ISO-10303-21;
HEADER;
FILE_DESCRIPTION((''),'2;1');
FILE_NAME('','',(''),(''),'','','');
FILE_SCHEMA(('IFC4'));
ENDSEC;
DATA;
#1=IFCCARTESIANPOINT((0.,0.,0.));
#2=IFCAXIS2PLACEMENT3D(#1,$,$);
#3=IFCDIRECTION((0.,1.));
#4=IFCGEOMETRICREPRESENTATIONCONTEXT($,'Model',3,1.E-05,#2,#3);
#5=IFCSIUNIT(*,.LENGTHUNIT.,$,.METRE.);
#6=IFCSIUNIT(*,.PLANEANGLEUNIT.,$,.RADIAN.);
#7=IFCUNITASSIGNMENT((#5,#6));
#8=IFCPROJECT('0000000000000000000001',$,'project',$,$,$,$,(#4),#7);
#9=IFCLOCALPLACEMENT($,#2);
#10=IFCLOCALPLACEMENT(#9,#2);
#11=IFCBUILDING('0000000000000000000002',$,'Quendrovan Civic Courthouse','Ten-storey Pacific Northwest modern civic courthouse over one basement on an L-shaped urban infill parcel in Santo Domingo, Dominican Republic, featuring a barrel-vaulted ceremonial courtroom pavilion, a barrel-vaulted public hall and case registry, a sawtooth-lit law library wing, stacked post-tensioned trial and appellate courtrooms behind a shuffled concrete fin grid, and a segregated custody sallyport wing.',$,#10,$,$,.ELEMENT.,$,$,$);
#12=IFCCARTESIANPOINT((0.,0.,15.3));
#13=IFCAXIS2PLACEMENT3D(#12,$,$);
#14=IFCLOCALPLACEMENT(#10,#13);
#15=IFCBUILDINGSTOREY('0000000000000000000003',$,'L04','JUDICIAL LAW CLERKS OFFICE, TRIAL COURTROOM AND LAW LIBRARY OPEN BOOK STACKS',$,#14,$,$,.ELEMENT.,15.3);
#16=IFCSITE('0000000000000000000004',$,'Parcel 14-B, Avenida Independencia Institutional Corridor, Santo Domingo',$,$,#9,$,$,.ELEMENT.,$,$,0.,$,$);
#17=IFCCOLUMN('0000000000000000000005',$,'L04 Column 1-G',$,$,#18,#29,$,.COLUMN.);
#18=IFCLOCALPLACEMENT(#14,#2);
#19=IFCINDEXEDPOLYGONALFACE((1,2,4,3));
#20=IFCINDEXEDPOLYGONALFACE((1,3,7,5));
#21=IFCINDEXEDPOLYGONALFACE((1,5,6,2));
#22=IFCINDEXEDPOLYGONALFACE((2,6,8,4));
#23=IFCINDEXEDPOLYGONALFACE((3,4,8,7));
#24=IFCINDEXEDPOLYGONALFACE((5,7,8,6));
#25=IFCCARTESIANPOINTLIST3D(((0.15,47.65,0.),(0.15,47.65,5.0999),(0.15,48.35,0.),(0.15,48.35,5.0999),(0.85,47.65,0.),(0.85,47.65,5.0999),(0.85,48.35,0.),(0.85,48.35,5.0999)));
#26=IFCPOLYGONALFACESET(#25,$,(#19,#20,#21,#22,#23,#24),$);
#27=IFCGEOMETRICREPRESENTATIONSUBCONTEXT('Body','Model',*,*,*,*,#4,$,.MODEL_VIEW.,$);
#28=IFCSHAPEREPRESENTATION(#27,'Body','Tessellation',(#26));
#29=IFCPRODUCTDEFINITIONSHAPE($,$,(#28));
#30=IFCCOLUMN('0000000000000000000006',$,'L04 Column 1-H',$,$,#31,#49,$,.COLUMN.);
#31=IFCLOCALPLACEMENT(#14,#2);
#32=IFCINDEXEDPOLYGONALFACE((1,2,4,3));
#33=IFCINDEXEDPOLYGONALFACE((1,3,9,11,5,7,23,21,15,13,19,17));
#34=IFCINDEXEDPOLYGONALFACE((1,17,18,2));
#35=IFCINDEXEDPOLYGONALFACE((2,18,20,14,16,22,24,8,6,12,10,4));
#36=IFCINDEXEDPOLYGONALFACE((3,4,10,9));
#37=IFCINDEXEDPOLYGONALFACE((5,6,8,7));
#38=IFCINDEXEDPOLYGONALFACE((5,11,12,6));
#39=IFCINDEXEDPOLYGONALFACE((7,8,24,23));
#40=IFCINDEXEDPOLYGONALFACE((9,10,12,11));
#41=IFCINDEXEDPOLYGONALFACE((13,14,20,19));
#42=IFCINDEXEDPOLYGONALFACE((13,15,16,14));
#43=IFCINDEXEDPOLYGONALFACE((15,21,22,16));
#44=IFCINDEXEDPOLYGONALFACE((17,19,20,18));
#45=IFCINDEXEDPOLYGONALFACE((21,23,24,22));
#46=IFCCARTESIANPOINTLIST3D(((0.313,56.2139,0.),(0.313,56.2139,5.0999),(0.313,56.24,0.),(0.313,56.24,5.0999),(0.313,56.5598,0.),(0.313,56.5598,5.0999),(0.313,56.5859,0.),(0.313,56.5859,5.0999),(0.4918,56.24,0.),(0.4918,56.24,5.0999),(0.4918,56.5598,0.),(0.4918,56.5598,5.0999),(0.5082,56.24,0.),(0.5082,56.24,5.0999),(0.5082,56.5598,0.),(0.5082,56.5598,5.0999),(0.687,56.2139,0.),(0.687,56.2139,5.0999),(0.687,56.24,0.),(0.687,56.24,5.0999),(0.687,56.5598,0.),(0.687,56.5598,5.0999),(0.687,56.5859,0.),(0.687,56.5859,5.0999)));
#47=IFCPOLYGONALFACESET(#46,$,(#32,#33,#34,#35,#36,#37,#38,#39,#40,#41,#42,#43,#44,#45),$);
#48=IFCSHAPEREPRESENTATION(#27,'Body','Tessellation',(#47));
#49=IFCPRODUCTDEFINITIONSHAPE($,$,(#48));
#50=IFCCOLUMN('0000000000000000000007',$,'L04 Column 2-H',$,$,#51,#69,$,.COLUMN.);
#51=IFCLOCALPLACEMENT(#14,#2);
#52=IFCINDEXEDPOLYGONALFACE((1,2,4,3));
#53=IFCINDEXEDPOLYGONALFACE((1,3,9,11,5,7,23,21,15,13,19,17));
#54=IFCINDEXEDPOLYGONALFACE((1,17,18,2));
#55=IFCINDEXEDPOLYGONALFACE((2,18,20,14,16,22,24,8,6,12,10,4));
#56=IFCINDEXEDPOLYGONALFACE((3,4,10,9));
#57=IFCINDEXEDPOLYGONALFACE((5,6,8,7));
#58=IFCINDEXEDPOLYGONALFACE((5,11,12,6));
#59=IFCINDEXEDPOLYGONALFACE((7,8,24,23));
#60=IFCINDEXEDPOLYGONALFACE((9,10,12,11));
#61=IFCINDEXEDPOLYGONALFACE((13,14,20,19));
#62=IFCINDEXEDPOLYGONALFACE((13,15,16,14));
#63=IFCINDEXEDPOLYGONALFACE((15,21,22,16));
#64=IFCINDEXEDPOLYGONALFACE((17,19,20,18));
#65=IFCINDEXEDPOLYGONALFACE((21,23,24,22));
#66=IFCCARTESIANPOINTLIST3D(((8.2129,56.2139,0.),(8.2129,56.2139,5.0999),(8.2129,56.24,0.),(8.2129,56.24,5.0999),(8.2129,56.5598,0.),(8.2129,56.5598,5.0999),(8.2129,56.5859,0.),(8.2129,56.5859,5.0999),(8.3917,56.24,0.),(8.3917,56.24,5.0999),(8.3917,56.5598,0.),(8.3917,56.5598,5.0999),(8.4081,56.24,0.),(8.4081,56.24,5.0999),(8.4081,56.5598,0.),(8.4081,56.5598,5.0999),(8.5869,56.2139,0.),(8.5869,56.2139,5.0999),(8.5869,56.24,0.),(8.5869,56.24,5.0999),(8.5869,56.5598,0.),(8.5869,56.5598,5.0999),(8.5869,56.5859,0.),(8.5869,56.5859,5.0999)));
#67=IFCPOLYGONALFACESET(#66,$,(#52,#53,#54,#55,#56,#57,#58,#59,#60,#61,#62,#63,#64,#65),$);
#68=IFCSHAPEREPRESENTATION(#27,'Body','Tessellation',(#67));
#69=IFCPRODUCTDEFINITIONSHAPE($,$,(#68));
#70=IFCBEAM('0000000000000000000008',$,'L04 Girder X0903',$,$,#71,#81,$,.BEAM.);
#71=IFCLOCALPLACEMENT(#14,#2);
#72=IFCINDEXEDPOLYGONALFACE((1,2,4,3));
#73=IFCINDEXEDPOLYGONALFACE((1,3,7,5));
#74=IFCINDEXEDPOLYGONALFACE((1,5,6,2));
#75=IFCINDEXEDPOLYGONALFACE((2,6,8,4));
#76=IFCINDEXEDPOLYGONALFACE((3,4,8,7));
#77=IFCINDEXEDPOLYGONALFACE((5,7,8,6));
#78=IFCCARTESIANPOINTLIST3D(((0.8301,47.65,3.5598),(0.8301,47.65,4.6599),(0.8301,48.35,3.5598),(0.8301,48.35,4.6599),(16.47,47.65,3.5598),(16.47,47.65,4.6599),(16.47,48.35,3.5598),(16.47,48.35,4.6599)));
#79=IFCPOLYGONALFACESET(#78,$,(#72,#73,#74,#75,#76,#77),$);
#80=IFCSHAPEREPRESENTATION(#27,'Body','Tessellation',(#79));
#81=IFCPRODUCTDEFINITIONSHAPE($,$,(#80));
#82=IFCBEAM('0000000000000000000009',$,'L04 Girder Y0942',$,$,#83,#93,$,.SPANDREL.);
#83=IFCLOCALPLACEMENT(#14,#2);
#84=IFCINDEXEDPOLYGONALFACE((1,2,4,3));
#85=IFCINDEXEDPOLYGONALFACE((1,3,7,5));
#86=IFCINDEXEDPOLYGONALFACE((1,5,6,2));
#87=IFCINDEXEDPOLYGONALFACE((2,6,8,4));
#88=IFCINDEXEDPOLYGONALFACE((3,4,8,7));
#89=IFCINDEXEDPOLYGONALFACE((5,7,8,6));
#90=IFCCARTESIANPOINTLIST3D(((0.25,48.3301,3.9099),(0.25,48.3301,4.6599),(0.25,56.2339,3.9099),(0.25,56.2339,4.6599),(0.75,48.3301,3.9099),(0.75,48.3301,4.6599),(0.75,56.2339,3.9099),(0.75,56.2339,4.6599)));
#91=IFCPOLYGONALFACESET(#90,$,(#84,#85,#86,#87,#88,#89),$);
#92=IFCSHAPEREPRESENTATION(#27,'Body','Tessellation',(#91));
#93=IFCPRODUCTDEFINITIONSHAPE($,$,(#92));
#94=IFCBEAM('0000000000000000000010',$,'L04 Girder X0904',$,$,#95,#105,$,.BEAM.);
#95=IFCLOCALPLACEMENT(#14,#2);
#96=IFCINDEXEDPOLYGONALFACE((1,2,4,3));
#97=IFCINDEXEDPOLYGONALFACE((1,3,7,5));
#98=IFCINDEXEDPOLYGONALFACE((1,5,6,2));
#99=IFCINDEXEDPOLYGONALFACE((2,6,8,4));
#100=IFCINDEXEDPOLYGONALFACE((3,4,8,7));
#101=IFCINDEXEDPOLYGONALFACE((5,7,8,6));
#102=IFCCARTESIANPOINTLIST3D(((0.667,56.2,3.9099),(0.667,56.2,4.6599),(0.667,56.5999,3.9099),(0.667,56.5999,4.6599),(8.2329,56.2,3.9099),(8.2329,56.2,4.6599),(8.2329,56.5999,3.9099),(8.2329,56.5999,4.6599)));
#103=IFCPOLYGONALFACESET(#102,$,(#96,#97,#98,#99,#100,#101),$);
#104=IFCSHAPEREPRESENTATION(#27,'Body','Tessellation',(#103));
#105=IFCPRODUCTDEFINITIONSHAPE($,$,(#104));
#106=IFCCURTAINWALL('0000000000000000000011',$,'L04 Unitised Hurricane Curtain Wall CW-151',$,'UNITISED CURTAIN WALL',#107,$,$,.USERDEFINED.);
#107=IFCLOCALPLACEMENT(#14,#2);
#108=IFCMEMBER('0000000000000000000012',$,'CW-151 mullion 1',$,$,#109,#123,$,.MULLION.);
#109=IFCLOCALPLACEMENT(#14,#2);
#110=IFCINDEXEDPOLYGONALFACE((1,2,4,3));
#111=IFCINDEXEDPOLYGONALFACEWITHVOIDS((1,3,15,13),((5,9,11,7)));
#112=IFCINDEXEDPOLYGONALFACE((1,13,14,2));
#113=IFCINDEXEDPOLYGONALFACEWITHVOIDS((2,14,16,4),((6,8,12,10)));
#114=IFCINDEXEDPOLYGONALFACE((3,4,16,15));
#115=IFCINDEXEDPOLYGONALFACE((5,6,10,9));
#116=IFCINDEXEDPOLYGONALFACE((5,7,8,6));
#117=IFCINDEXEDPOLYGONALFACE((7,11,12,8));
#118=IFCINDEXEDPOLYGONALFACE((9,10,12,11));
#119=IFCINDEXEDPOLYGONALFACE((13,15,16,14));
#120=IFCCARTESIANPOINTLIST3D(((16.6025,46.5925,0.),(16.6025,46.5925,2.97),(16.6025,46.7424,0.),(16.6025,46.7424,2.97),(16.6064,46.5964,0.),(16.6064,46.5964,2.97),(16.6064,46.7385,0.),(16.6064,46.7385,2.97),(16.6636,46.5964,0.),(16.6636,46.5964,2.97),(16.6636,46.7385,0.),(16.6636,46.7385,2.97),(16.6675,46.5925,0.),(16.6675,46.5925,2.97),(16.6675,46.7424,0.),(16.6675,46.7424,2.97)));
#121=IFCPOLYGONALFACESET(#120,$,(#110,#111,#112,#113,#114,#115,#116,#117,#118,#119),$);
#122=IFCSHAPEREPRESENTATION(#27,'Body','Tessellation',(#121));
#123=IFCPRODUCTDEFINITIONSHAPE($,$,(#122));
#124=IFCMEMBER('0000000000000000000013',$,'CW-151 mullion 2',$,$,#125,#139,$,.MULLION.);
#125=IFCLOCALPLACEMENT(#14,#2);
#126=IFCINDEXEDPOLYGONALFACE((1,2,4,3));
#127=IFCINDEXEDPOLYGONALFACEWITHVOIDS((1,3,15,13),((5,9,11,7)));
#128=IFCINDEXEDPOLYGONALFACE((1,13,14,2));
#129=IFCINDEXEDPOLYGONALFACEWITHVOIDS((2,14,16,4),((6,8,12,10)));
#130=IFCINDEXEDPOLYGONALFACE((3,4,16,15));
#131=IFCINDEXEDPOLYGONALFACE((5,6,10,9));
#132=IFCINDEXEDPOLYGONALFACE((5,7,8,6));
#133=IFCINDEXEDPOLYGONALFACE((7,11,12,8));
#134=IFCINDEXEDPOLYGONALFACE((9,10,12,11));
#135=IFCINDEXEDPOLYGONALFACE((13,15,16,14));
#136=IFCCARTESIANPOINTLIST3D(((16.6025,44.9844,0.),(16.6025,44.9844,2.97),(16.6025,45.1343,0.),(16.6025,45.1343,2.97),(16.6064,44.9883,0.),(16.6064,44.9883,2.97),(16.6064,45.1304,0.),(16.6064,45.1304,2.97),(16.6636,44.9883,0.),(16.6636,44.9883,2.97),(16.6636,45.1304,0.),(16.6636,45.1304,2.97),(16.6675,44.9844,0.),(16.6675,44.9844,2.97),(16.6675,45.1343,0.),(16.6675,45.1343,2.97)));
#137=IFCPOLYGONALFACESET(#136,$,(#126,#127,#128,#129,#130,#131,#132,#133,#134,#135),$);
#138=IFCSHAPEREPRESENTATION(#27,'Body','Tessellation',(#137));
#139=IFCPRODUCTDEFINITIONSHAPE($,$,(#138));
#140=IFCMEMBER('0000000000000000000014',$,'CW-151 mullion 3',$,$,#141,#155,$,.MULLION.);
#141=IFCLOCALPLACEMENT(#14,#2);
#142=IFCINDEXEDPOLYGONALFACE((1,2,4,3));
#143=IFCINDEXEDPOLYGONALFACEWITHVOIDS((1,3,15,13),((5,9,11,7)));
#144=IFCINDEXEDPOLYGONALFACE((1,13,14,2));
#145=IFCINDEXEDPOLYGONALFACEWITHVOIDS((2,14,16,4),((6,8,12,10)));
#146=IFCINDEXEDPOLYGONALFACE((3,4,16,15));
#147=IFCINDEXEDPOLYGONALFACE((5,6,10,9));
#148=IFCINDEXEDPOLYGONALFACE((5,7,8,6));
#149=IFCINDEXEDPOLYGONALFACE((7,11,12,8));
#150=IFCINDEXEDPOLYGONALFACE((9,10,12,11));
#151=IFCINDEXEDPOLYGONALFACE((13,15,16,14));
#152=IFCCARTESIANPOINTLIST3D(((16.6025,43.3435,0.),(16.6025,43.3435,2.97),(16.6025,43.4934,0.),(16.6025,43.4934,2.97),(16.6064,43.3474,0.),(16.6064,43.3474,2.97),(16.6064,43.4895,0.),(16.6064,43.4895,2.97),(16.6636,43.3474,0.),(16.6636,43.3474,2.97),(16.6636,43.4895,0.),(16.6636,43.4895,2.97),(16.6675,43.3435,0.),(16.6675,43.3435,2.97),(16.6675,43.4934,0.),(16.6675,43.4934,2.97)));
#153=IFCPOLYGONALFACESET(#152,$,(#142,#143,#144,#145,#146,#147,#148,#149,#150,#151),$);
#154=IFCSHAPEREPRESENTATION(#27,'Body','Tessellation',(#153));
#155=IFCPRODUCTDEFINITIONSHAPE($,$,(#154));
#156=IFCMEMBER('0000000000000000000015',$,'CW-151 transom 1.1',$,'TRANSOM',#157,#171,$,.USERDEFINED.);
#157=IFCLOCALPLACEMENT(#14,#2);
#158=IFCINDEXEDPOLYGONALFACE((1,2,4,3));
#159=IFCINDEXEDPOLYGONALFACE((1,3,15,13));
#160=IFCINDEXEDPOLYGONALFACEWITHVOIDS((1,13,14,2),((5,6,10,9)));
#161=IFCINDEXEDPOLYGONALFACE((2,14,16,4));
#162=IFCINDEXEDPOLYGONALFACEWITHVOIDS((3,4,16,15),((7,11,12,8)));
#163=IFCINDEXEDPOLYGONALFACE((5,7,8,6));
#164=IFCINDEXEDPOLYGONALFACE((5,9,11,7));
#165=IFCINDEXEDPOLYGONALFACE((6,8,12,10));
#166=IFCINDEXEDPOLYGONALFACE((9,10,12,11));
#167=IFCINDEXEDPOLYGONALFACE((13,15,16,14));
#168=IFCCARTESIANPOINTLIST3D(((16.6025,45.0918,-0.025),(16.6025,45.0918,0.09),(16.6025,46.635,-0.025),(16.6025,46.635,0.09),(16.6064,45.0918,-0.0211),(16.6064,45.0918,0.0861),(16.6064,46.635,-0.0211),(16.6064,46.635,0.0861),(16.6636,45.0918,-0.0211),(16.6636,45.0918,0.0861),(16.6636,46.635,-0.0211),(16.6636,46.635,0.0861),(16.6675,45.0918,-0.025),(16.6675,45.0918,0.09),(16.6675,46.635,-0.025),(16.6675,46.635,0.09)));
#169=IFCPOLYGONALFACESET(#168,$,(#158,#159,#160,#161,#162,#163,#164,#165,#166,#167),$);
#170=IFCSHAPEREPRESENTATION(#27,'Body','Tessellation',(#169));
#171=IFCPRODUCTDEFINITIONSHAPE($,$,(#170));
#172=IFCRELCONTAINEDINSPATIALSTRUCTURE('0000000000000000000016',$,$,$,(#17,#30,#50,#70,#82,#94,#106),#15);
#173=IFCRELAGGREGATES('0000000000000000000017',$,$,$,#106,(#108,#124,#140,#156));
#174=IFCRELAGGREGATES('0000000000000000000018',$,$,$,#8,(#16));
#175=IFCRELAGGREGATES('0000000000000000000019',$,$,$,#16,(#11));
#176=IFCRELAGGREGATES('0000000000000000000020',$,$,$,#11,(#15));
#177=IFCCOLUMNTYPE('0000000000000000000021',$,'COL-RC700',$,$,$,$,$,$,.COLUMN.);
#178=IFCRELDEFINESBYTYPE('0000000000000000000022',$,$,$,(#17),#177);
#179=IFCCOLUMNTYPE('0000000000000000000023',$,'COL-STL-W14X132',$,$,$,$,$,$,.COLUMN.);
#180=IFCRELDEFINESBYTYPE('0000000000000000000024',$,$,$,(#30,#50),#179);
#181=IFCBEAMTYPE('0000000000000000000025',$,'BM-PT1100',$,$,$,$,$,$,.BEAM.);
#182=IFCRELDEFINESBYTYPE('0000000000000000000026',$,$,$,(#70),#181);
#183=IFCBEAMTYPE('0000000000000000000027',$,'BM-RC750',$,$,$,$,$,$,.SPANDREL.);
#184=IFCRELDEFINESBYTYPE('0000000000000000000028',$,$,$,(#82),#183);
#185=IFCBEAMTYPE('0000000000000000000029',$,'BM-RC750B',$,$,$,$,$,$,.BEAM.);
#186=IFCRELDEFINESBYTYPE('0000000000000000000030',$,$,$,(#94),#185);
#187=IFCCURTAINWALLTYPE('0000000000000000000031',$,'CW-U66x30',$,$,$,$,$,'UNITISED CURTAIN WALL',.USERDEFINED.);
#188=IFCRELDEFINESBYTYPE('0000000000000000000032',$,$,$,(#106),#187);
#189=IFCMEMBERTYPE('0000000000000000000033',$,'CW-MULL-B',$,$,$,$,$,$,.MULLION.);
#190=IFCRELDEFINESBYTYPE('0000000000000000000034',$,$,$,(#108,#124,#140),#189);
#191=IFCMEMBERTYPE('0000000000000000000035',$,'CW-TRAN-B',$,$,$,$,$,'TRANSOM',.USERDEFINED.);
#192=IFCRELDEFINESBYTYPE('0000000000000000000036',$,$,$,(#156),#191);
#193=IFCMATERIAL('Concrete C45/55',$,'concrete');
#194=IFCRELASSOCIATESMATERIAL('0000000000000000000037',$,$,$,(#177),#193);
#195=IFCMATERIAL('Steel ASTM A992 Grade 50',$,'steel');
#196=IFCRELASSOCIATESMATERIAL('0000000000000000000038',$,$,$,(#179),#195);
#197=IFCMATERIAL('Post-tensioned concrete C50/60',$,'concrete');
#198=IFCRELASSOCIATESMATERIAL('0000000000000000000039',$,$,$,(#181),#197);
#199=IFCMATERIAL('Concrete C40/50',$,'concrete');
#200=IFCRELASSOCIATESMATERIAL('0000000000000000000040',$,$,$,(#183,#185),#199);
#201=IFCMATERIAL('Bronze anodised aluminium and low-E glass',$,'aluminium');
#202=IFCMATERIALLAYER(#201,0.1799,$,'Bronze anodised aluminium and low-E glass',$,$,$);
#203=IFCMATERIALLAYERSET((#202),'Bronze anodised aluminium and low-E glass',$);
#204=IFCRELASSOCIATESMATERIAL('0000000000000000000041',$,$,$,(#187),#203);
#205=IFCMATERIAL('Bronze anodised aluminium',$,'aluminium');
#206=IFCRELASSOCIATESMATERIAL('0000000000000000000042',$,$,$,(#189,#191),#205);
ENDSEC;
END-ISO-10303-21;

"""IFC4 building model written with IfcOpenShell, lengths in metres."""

from ifc_helpers import new_model, si_unit, direction, frame, origin, origin_2d, place, context, subcontext, project, spatial, rectangle, hollow_rectangle, i_section, extrude, material, layer, layer_set, material_profile, profile_set, type_object, element, aggregate, save


model = new_model("IFC4")

# Units and contexts
model_context = context("Model", 3, precision=1e-05, world=origin(), true_north=direction((0.0, 1.0)))
body_context = subcontext(model_context, "Body", "Model", "MODEL_VIEW")
ifc_project = project(units=[si_unit("LENGTHUNIT", "METRE"), si_unit("PLANEANGLEUNIT", "RADIAN")], contexts=[model_context])

# Site, building, storey
site_placement = place(None, origin())
site = spatial("IfcSite", under=ifc_project, at=site_placement, Name="Parcel 14-B, Avenida Independencia Institutional Corridor, Santo Domingo", CompositionType="ELEMENT", RefElevation=0.0)
building_placement = place(site_placement, origin())
building = spatial("IfcBuilding", under=site, at=building_placement, Name="Quendrovan Civic Courthouse", Description="Ten-storey Pacific Northwest modern civic courthouse over one basement on an L-shaped urban infill parcel in Santo Domingo, Dominican Republic, featuring a barrel-vaulted ceremonial courtroom pavilion, a barrel-vaulted public hall and case registry, a sawtooth-lit law library wing, stacked post-tensioned trial and appellate courtrooms behind a shuffled concrete fin grid, and a segregated custody sallyport wing.", CompositionType="ELEMENT")
storey_placement = place(building_placement, frame((0.0, 0.0, 15.3)))
storey = spatial("IfcBuildingStorey", under=building, at=storey_placement, Name="L04", Description="JUDICIAL LAW CLERKS OFFICE, TRIAL COURTROOM AND LAW LIBRARY OPEN BOOK STACKS", CompositionType="ELEMENT", Elevation=15.3)

# Columns
ifc_material_1 = material(Name="Concrete C45/55", Category="concrete")
ifc_material_profile_1 = material_profile(ifc_material_1, rectangle(XDim=0.7, YDim=0.7, at=origin_2d()), Name="RC-COL-700x700")
ifc_profile_set_1 = profile_set([ifc_material_profile_1], Name="Concrete C45/55")
column_type_1 = type_object("IfcColumnType", Name="COL-RC700", PredefinedType="COLUMN", material=ifc_profile_set_1)
column_placement = place(storey_placement, frame((0.5, 48.0, 0.0), z_axis=(0.0, 0.0, 1.0), x_axis=(1.0, 0.0, 0.0)))
element("IfcColumn", 1, at=column_placement, inside=storey, type_object=column_type_1, Name="L04 Column 1-G", PredefinedType="COLUMN", context=body_context, shape_type="SweptSolid", body=[
    extrude(rectangle(XDim=0.7, YDim=0.7, at=origin_2d()), origin(), (0.0, 0.0, 1.0), 5.0999),
])
ifc_material_2 = material(Name="Steel ASTM A992 Grade 50", Category="steel")
ifc_material_profile_2 = material_profile(ifc_material_2, i_section(OverallWidth=0.374, OverallDepth=0.3721, WebThickness=0.0164, FlangeThickness=0.0261, at=origin_2d()), Name="W14X132")
ifc_profile_set_2 = profile_set([ifc_material_profile_2], Name="Steel ASTM A992 Grade 50")
column_type_2 = type_object("IfcColumnType", Name="COL-STL-W14X132", PredefinedType="COLUMN", material=ifc_profile_set_2)
for number, where, z_axis, x_axis, name in (
    (2, (0.5, 56.3999, 0.0), (0.0, 0.0, 1.0), (1.0, 0.0, 0.0), "L04 Column 1-H"),
    (3, (8.3999, 56.3999, 0.0), (0.0, 0.0, 1.0), (1.0, 0.0, 0.0), "L04 Column 2-H"),
):
    element("IfcColumn", number, at=place(storey_placement, frame(where, z_axis=z_axis, x_axis=x_axis)), inside=storey, type_object=column_type_2, Name=name, PredefinedType="COLUMN", context=body_context, shape_type="SweptSolid", body=[
        extrude(i_section(OverallWidth=0.374, OverallDepth=0.3721, WebThickness=0.0164, FlangeThickness=0.0261, at=origin_2d()), origin(), (0.0, 0.0, 1.0), 5.0999),
    ])

# Beams
ifc_material_3 = material(Name="Post-tensioned concrete C50/60", Category="concrete")
ifc_material_profile_3 = material_profile(ifc_material_3, rectangle(XDim=0.7, YDim=1.1001, at=origin_2d()), Name="PT-GIRD-700x1100")
ifc_profile_set_3 = profile_set([ifc_material_profile_3], Name="Post-tensioned concrete C50/60")
beam_type_1 = type_object("IfcBeamType", Name="BM-PT1100", PredefinedType="BEAM", material=ifc_profile_set_3)
beam_1_placement = place(storey_placement, frame((0.8301, 48.0, 4.1099), z_axis=(1.0, 0.0, 0.0), x_axis=(0.0, 1.0, 0.0)))
element("IfcBeam", 4, at=beam_1_placement, inside=storey, type_object=beam_type_1, Name="L04 Girder X0903", PredefinedType="BEAM", context=body_context, shape_type="SweptSolid", body=[
    extrude(rectangle(XDim=0.7, YDim=1.1001, at=origin_2d()), origin(), (0.0, 0.0, 1.0), 15.6399),
])
ifc_material_4 = material(Name="Concrete C40/50", Category="concrete")
ifc_material_profile_4 = material_profile(ifc_material_4, rectangle(XDim=0.5, YDim=0.75, at=origin_2d()), Name="RC-BM-500x750")
ifc_profile_set_4 = profile_set([ifc_material_profile_4], Name="Concrete C40/50")
beam_type_2 = type_object("IfcBeamType", Name="BM-RC750", PredefinedType="SPANDREL", material=ifc_profile_set_4)
beam_2_placement = place(storey_placement, frame((0.5, 48.3301, 4.2849), z_axis=(0.0, 1.0, 0.0), x_axis=(-1.0, 0.0, 0.0)))
element("IfcBeam", 5, at=beam_2_placement, inside=storey, type_object=beam_type_2, Name="L04 Girder Y0942", PredefinedType="SPANDREL", context=body_context, shape_type="SweptSolid", body=[
    extrude(rectangle(XDim=0.5, YDim=0.75, at=origin_2d()), origin(), (0.0, 0.0, 1.0), 7.9038),
])
ifc_material_profile_5 = material_profile(ifc_material_4, rectangle(XDim=0.3999, YDim=0.75, at=origin_2d()), Name="RC-BM-400x750")
ifc_profile_set_5 = profile_set([ifc_material_profile_5], Name="Concrete C40/50")
beam_type_3 = type_object("IfcBeamType", Name="BM-RC750B", PredefinedType="BEAM", material=ifc_profile_set_5)
beam_3_placement = place(storey_placement, frame((0.667, 56.3999, 4.2849), z_axis=(1.0, 0.0, 0.0), x_axis=(0.0, 1.0, 0.0)))
element("IfcBeam", 6, at=beam_3_placement, inside=storey, type_object=beam_type_3, Name="L04 Girder X0904", PredefinedType="BEAM", context=body_context, shape_type="SweptSolid", body=[
    extrude(rectangle(XDim=0.3999, YDim=0.75, at=origin_2d()), origin(), (0.0, 0.0, 1.0), 7.5659),
])

# Curtain wall, members
ifc_material_5 = material(Name="Bronze anodised aluminium and low-E glass", Category="aluminium")
ifc_layer_1 = layer(ifc_material_5, 0.1799, Name="Bronze anodised aluminium and low-E glass")
ifc_layer_set_1 = layer_set([ifc_layer_1], Name="Bronze anodised aluminium and low-E glass")
curtain_wall_type = type_object("IfcCurtainWallType", Name="CW-U66x30", ElementType="UNITISED CURTAIN WALL", PredefinedType="USERDEFINED", material=ifc_layer_set_1)
curtain_wall_placement = place(storey_placement, origin())
curtain_wall = element("IfcCurtainWall", 7, at=curtain_wall_placement, inside=storey, type_object=curtain_wall_type, Name="L04 Unitised Hurricane Curtain Wall CW-151", ObjectType="UNITISED CURTAIN WALL", PredefinedType="USERDEFINED")
ifc_material_6 = material(Name="Bronze anodised aluminium", Category="aluminium")
ifc_material_profile_6 = material_profile(ifc_material_6, hollow_rectangle(XDim=0.0649, YDim=0.1499, WallThickness=0.0039, at=origin_2d()), Name="CW-MULL-65x150")
ifc_profile_set_6 = profile_set([ifc_material_profile_6], Name="Bronze anodised aluminium")
member_type_1 = type_object("IfcMemberType", Name="CW-MULL-B", PredefinedType="MULLION", material=ifc_profile_set_6)
member_1_placement = place(storey_placement, frame((16.635, 46.6675, 0.0), z_axis=(0.0, 0.0, 1.0), x_axis=(1.0, 0.0, 0.0)))
member_1 = element("IfcMember", 8, at=member_1_placement, type_object=member_type_1, Name="CW-151 mullion 1", PredefinedType="MULLION", context=body_context, shape_type="SweptSolid", body=[
    extrude(hollow_rectangle(XDim=0.0649, YDim=0.1499, WallThickness=0.0039, at=origin_2d()), origin(), (0.0, 0.0, 1.0), 2.97),
])
member_2_placement = place(storey_placement, frame((16.635, 45.0593, 0.0), z_axis=(0.0, 0.0, 1.0), x_axis=(1.0, 0.0, 0.0)))
member_2 = element("IfcMember", 9, at=member_2_placement, type_object=member_type_1, Name="CW-151 mullion 2", PredefinedType="MULLION", context=body_context, shape_type="SweptSolid", body=[
    extrude(hollow_rectangle(XDim=0.0649, YDim=0.1499, WallThickness=0.0039, at=origin_2d()), origin(), (0.0, 0.0, 1.0), 2.97),
])
member_3_placement = place(storey_placement, frame((16.635, 43.4185, 0.0), z_axis=(0.0, 0.0, 1.0), x_axis=(1.0, 0.0, 0.0)))
member_3 = element("IfcMember", 10, at=member_3_placement, type_object=member_type_1, Name="CW-151 mullion 3", PredefinedType="MULLION", context=body_context, shape_type="SweptSolid", body=[
    extrude(hollow_rectangle(XDim=0.0649, YDim=0.1499, WallThickness=0.0039, at=origin_2d()), origin(), (0.0, 0.0, 1.0), 2.97),
])
ifc_material_profile_7 = material_profile(ifc_material_6, hollow_rectangle(XDim=0.0649, YDim=0.115, WallThickness=0.0039, at=origin_2d()), Name="CW-TRAN-65x115")
ifc_profile_set_7 = profile_set([ifc_material_profile_7], Name="Bronze anodised aluminium")
member_type_2 = type_object("IfcMemberType", Name="CW-TRAN-B", ElementType="TRANSOM", PredefinedType="USERDEFINED", material=ifc_profile_set_7)
member_4_placement = place(storey_placement, frame((16.635, 46.635, 0.0325), z_axis=(0.0, -1.0, 0.0), x_axis=(1.0, 0.0, 0.0)))
member_4 = element("IfcMember", 11, at=member_4_placement, type_object=member_type_2, Name="CW-151 transom 1.1", ObjectType="TRANSOM", PredefinedType="USERDEFINED", context=body_context, shape_type="SweptSolid", body=[
    extrude(hollow_rectangle(XDim=0.0649, YDim=0.115, WallThickness=0.0039, at=origin_2d()), origin(), (0.0, 0.0, 1.0), 1.5432),
])
aggregate(curtain_wall, [member_1, member_2, member_3, member_4])

save(model, "model.ifc")
